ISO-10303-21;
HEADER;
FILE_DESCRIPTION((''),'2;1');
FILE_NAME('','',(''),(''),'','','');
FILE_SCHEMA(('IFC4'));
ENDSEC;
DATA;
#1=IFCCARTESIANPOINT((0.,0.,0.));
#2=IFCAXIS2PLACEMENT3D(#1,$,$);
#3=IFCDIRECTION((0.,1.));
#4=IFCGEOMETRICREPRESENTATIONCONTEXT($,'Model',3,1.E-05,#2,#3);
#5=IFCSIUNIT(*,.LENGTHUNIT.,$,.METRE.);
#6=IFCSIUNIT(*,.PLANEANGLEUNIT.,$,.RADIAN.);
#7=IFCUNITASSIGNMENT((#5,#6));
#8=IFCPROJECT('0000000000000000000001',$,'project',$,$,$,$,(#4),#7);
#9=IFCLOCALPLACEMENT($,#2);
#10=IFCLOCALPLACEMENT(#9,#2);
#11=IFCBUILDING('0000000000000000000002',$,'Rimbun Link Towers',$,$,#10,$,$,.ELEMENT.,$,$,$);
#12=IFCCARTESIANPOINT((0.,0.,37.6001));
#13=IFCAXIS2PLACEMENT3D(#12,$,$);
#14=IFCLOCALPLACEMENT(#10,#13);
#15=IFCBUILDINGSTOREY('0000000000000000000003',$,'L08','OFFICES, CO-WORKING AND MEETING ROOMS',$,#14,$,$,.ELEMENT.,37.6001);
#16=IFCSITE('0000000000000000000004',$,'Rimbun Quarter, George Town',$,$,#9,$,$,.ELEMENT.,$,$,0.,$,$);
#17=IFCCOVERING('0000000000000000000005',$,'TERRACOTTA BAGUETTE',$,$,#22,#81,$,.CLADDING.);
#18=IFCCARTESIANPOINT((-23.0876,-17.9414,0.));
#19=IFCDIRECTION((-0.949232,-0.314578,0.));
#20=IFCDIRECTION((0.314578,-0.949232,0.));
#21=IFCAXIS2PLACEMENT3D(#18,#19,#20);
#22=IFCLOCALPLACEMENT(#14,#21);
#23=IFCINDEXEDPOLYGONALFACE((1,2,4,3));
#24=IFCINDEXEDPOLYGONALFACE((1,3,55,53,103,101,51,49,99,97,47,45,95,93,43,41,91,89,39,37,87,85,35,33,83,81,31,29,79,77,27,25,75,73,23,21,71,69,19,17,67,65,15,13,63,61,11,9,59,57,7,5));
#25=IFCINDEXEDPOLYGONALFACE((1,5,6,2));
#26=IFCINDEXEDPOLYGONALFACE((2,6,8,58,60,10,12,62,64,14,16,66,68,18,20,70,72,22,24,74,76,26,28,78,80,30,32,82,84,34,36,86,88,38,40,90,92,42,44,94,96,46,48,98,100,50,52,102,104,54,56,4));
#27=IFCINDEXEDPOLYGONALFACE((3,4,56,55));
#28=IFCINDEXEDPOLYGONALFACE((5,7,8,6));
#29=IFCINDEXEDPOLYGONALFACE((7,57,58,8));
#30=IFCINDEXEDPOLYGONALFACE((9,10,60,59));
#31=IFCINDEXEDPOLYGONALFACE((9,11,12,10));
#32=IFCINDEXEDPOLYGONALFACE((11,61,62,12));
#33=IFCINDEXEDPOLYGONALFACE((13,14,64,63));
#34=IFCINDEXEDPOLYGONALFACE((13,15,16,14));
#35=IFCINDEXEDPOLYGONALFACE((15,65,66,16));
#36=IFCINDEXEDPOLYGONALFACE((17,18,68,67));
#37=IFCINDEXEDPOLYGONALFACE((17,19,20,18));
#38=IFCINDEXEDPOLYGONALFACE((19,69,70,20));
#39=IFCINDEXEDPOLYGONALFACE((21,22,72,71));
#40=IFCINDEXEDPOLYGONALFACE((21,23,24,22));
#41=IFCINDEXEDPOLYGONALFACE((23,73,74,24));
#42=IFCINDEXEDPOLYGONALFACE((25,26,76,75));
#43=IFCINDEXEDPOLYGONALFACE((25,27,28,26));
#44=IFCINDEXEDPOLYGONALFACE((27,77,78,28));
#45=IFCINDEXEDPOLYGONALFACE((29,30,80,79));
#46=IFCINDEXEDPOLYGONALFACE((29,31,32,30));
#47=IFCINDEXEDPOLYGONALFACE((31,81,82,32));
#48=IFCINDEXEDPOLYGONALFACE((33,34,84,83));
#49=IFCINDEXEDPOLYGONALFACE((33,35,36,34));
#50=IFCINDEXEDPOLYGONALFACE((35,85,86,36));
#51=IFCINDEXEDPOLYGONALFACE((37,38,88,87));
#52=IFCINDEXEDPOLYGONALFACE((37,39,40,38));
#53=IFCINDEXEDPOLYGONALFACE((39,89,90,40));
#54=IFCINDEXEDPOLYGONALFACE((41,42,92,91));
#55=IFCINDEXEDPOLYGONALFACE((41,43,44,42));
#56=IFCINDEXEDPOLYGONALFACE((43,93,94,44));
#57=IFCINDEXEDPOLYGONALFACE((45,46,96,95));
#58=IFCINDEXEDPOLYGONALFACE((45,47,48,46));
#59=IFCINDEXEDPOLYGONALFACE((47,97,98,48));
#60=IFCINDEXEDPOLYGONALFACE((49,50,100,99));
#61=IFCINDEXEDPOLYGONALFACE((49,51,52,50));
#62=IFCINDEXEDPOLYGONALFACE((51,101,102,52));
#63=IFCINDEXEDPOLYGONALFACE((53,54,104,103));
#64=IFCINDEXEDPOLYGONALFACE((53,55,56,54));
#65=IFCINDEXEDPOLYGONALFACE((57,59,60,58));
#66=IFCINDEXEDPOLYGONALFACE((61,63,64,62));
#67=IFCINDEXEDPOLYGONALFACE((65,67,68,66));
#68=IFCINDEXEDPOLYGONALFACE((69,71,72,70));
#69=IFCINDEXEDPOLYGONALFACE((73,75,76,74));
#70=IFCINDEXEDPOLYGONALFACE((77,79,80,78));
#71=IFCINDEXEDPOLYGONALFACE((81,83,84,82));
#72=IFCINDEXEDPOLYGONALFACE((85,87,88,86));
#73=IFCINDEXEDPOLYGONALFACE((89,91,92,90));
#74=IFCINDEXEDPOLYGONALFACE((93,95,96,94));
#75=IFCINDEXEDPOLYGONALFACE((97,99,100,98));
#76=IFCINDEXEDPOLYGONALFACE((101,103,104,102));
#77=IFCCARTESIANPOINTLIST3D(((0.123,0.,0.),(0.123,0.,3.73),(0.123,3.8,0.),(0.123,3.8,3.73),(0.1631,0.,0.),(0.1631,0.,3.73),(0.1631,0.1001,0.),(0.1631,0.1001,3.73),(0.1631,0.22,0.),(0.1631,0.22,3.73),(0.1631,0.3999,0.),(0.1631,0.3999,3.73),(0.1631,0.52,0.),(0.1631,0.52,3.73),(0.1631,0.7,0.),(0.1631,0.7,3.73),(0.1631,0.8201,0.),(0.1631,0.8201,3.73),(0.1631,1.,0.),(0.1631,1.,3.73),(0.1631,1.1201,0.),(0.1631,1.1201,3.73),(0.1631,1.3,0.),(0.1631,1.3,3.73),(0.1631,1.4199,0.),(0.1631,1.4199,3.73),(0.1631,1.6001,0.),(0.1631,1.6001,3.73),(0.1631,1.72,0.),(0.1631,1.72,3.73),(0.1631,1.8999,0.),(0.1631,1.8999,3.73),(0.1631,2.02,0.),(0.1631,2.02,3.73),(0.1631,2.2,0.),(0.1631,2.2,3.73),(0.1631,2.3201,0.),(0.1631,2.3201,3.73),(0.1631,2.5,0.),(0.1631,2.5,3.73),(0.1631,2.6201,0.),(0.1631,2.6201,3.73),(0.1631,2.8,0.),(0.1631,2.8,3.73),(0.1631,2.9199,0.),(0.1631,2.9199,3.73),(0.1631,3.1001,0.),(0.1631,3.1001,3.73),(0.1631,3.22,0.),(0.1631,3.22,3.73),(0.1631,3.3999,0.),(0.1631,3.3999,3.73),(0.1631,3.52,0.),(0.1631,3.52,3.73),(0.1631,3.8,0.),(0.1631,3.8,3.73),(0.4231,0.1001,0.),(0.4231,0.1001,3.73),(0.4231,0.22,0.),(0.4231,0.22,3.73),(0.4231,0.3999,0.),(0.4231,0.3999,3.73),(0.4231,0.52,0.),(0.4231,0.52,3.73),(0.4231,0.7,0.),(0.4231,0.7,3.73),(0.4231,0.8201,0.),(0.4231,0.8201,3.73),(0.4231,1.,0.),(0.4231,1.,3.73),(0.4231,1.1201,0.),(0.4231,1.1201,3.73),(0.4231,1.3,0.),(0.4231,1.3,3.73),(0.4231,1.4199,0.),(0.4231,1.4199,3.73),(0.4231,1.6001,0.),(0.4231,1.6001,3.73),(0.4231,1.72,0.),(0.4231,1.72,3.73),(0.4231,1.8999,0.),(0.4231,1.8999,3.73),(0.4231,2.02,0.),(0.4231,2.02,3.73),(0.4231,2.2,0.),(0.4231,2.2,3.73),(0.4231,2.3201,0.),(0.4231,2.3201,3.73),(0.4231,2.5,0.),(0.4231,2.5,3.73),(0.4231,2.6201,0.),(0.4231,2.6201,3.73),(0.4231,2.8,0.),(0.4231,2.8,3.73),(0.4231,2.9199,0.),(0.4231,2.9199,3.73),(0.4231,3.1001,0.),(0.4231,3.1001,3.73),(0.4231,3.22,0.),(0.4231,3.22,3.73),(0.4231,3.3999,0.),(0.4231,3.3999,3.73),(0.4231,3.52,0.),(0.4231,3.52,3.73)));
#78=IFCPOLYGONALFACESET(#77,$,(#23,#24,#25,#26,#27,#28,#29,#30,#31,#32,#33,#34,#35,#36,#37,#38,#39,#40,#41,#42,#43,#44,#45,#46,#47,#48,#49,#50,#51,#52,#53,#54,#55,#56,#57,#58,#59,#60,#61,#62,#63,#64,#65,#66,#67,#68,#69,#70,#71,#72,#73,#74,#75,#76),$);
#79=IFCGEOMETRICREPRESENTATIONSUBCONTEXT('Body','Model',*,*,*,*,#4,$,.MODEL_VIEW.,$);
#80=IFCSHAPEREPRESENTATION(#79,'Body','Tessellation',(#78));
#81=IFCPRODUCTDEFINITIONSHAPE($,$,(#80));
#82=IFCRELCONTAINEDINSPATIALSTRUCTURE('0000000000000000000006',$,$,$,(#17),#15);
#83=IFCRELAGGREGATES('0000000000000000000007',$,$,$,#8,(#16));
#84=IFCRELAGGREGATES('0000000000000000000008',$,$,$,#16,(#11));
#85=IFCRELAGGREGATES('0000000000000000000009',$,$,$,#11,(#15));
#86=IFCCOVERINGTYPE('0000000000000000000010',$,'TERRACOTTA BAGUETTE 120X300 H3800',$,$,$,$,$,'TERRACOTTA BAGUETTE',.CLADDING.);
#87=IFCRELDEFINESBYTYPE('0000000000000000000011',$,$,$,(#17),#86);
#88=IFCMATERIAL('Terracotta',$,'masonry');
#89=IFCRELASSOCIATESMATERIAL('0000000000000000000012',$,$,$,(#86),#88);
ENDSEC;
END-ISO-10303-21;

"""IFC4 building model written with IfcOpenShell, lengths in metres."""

from ifc_helpers import new_model, si_unit, direction, frame, origin, place, context, subcontext, project, spatial, polyline, outline, extrude, material, material_profile, profile_set, type_object, element, save


model = new_model("IFC4")

# Units and contexts
model_context = context("Model", 3, precision=1e-05, world=origin(), true_north=direction((0.0, 1.0)))
body_context = subcontext(model_context, "Body", "Model", "MODEL_VIEW")
ifc_project = project(units=[si_unit("LENGTHUNIT", "METRE"), si_unit("PLANEANGLEUNIT", "RADIAN")], contexts=[model_context])

# Site, building, storey
site_placement = place(None, origin())
site = spatial("IfcSite", under=ifc_project, at=site_placement, Name="Rimbun Quarter, George Town", CompositionType="ELEMENT", RefElevation=0.0)
building_placement = place(site_placement, origin())
building = spatial("IfcBuilding", under=site, at=building_placement, Name="Rimbun Link Towers", CompositionType="ELEMENT")
storey_placement = place(building_placement, frame((0.0, 0.0, 37.6001)))
storey = spatial("IfcBuildingStorey", under=building, at=storey_placement, Name="L08", Description="OFFICES, CO-WORKING AND MEETING ROOMS", CompositionType="ELEMENT", Elevation=37.6001)

# Covering
ifc_material_1 = material(Name="Terracotta", Category="masonry")
ifc_material_profile_1 = material_profile(ifc_material_1, outline(polyline([(0.123, 0.0), (0.1631, 0.0), (0.1631, 0.1001), (0.4231, 0.1001), (0.4231, 0.22), (0.1631, 0.22), (0.1631, 0.3999), (0.4231, 0.3999), (0.4231, 0.52), (0.1631, 0.52), (0.1631, 0.7), (0.4231, 0.7), (0.4231, 0.8201), (0.1631, 0.8201), (0.1631, 1.0), (0.4231, 1.0), (0.4231, 1.1201), (0.1631, 1.1201), (0.1631, 1.3), (0.4231, 1.3), (0.4231, 1.4199), (0.1631, 1.4199), (0.1631, 1.6001), (0.4231, 1.6001), (0.4231, 1.72), (0.1631, 1.72), (0.1631, 1.8999), (0.4231, 1.8999), (0.4231, 2.02), (0.1631, 2.02), (0.1631, 2.2), (0.4231, 2.2), (0.4231, 2.3201), (0.1631, 2.3201), (0.1631, 2.5), (0.4231, 2.5), (0.4231, 2.6201), (0.1631, 2.6201), (0.1631, 2.8), (0.4231, 2.8), (0.4231, 2.9199), (0.1631, 2.9199), (0.1631, 3.1001), (0.4231, 3.1001), (0.4231, 3.22), (0.1631, 3.22), (0.1631, 3.3999), (0.4231, 3.3999), (0.4231, 3.52), (0.1631, 3.52), (0.1631, 3.8), (0.123, 3.8), (0.123, 0.0)])), Name="BAGUETTE 120X300")
ifc_profile_set_1 = profile_set([ifc_material_profile_1], Name="Terracotta")
covering_type = type_object("IfcCoveringType", Name="TERRACOTTA BAGUETTE 120X300 H3800", ElementType="TERRACOTTA BAGUETTE", PredefinedType="CLADDING", material=ifc_profile_set_1)
covering_1_placement = place(storey_placement, frame((-23.0876, -17.9414, 0.0), z_axis=(-0.949232, -0.314578, 0.0), x_axis=(0.314578, -0.949232, 0.0)))
element("IfcCovering", 1, at=covering_1_placement, inside=storey, type_object=covering_type, Name="TERRACOTTA BAGUETTE", PredefinedType="CLADDING", context=body_context, shape_type="SweptSolid", body=[
    extrude(outline(polyline([(0.123, 0.0), (0.1631, 0.0), (0.1631, 0.1001), (0.4231, 0.1001), (0.4231, 0.22), (0.1631, 0.22), (0.1631, 0.3999), (0.4231, 0.3999), (0.4231, 0.52), (0.1631, 0.52), (0.1631, 0.7), (0.4231, 0.7), (0.4231, 0.8201), (0.1631, 0.8201), (0.1631, 1.0), (0.4231, 1.0), (0.4231, 1.1201), (0.1631, 1.1201), (0.1631, 1.3), (0.4231, 1.3), (0.4231, 1.4199), (0.1631, 1.4199), (0.1631, 1.6001), (0.4231, 1.6001), (0.4231, 1.72), (0.1631, 1.72), (0.1631, 1.8999), (0.4231, 1.8999), (0.4231, 2.02), (0.1631, 2.02), (0.1631, 2.2), (0.4231, 2.2), (0.4231, 2.3201), (0.1631, 2.3201), (0.1631, 2.5), (0.4231, 2.5), (0.4231, 2.6201), (0.1631, 2.6201), (0.1631, 2.8), (0.4231, 2.8), (0.4231, 2.9199), (0.1631, 2.9199), (0.1631, 3.1001), (0.4231, 3.1001), (0.4231, 3.22), (0.1631, 3.22), (0.1631, 3.3999), (0.4231, 3.3999), (0.4231, 3.52), (0.1631, 3.52), (0.1631, 3.8), (0.123, 3.8), (0.123, 0.0)])), origin(), (0.0, 0.0, 1.0), 3.73),
])

save(model, "model.ifc")
